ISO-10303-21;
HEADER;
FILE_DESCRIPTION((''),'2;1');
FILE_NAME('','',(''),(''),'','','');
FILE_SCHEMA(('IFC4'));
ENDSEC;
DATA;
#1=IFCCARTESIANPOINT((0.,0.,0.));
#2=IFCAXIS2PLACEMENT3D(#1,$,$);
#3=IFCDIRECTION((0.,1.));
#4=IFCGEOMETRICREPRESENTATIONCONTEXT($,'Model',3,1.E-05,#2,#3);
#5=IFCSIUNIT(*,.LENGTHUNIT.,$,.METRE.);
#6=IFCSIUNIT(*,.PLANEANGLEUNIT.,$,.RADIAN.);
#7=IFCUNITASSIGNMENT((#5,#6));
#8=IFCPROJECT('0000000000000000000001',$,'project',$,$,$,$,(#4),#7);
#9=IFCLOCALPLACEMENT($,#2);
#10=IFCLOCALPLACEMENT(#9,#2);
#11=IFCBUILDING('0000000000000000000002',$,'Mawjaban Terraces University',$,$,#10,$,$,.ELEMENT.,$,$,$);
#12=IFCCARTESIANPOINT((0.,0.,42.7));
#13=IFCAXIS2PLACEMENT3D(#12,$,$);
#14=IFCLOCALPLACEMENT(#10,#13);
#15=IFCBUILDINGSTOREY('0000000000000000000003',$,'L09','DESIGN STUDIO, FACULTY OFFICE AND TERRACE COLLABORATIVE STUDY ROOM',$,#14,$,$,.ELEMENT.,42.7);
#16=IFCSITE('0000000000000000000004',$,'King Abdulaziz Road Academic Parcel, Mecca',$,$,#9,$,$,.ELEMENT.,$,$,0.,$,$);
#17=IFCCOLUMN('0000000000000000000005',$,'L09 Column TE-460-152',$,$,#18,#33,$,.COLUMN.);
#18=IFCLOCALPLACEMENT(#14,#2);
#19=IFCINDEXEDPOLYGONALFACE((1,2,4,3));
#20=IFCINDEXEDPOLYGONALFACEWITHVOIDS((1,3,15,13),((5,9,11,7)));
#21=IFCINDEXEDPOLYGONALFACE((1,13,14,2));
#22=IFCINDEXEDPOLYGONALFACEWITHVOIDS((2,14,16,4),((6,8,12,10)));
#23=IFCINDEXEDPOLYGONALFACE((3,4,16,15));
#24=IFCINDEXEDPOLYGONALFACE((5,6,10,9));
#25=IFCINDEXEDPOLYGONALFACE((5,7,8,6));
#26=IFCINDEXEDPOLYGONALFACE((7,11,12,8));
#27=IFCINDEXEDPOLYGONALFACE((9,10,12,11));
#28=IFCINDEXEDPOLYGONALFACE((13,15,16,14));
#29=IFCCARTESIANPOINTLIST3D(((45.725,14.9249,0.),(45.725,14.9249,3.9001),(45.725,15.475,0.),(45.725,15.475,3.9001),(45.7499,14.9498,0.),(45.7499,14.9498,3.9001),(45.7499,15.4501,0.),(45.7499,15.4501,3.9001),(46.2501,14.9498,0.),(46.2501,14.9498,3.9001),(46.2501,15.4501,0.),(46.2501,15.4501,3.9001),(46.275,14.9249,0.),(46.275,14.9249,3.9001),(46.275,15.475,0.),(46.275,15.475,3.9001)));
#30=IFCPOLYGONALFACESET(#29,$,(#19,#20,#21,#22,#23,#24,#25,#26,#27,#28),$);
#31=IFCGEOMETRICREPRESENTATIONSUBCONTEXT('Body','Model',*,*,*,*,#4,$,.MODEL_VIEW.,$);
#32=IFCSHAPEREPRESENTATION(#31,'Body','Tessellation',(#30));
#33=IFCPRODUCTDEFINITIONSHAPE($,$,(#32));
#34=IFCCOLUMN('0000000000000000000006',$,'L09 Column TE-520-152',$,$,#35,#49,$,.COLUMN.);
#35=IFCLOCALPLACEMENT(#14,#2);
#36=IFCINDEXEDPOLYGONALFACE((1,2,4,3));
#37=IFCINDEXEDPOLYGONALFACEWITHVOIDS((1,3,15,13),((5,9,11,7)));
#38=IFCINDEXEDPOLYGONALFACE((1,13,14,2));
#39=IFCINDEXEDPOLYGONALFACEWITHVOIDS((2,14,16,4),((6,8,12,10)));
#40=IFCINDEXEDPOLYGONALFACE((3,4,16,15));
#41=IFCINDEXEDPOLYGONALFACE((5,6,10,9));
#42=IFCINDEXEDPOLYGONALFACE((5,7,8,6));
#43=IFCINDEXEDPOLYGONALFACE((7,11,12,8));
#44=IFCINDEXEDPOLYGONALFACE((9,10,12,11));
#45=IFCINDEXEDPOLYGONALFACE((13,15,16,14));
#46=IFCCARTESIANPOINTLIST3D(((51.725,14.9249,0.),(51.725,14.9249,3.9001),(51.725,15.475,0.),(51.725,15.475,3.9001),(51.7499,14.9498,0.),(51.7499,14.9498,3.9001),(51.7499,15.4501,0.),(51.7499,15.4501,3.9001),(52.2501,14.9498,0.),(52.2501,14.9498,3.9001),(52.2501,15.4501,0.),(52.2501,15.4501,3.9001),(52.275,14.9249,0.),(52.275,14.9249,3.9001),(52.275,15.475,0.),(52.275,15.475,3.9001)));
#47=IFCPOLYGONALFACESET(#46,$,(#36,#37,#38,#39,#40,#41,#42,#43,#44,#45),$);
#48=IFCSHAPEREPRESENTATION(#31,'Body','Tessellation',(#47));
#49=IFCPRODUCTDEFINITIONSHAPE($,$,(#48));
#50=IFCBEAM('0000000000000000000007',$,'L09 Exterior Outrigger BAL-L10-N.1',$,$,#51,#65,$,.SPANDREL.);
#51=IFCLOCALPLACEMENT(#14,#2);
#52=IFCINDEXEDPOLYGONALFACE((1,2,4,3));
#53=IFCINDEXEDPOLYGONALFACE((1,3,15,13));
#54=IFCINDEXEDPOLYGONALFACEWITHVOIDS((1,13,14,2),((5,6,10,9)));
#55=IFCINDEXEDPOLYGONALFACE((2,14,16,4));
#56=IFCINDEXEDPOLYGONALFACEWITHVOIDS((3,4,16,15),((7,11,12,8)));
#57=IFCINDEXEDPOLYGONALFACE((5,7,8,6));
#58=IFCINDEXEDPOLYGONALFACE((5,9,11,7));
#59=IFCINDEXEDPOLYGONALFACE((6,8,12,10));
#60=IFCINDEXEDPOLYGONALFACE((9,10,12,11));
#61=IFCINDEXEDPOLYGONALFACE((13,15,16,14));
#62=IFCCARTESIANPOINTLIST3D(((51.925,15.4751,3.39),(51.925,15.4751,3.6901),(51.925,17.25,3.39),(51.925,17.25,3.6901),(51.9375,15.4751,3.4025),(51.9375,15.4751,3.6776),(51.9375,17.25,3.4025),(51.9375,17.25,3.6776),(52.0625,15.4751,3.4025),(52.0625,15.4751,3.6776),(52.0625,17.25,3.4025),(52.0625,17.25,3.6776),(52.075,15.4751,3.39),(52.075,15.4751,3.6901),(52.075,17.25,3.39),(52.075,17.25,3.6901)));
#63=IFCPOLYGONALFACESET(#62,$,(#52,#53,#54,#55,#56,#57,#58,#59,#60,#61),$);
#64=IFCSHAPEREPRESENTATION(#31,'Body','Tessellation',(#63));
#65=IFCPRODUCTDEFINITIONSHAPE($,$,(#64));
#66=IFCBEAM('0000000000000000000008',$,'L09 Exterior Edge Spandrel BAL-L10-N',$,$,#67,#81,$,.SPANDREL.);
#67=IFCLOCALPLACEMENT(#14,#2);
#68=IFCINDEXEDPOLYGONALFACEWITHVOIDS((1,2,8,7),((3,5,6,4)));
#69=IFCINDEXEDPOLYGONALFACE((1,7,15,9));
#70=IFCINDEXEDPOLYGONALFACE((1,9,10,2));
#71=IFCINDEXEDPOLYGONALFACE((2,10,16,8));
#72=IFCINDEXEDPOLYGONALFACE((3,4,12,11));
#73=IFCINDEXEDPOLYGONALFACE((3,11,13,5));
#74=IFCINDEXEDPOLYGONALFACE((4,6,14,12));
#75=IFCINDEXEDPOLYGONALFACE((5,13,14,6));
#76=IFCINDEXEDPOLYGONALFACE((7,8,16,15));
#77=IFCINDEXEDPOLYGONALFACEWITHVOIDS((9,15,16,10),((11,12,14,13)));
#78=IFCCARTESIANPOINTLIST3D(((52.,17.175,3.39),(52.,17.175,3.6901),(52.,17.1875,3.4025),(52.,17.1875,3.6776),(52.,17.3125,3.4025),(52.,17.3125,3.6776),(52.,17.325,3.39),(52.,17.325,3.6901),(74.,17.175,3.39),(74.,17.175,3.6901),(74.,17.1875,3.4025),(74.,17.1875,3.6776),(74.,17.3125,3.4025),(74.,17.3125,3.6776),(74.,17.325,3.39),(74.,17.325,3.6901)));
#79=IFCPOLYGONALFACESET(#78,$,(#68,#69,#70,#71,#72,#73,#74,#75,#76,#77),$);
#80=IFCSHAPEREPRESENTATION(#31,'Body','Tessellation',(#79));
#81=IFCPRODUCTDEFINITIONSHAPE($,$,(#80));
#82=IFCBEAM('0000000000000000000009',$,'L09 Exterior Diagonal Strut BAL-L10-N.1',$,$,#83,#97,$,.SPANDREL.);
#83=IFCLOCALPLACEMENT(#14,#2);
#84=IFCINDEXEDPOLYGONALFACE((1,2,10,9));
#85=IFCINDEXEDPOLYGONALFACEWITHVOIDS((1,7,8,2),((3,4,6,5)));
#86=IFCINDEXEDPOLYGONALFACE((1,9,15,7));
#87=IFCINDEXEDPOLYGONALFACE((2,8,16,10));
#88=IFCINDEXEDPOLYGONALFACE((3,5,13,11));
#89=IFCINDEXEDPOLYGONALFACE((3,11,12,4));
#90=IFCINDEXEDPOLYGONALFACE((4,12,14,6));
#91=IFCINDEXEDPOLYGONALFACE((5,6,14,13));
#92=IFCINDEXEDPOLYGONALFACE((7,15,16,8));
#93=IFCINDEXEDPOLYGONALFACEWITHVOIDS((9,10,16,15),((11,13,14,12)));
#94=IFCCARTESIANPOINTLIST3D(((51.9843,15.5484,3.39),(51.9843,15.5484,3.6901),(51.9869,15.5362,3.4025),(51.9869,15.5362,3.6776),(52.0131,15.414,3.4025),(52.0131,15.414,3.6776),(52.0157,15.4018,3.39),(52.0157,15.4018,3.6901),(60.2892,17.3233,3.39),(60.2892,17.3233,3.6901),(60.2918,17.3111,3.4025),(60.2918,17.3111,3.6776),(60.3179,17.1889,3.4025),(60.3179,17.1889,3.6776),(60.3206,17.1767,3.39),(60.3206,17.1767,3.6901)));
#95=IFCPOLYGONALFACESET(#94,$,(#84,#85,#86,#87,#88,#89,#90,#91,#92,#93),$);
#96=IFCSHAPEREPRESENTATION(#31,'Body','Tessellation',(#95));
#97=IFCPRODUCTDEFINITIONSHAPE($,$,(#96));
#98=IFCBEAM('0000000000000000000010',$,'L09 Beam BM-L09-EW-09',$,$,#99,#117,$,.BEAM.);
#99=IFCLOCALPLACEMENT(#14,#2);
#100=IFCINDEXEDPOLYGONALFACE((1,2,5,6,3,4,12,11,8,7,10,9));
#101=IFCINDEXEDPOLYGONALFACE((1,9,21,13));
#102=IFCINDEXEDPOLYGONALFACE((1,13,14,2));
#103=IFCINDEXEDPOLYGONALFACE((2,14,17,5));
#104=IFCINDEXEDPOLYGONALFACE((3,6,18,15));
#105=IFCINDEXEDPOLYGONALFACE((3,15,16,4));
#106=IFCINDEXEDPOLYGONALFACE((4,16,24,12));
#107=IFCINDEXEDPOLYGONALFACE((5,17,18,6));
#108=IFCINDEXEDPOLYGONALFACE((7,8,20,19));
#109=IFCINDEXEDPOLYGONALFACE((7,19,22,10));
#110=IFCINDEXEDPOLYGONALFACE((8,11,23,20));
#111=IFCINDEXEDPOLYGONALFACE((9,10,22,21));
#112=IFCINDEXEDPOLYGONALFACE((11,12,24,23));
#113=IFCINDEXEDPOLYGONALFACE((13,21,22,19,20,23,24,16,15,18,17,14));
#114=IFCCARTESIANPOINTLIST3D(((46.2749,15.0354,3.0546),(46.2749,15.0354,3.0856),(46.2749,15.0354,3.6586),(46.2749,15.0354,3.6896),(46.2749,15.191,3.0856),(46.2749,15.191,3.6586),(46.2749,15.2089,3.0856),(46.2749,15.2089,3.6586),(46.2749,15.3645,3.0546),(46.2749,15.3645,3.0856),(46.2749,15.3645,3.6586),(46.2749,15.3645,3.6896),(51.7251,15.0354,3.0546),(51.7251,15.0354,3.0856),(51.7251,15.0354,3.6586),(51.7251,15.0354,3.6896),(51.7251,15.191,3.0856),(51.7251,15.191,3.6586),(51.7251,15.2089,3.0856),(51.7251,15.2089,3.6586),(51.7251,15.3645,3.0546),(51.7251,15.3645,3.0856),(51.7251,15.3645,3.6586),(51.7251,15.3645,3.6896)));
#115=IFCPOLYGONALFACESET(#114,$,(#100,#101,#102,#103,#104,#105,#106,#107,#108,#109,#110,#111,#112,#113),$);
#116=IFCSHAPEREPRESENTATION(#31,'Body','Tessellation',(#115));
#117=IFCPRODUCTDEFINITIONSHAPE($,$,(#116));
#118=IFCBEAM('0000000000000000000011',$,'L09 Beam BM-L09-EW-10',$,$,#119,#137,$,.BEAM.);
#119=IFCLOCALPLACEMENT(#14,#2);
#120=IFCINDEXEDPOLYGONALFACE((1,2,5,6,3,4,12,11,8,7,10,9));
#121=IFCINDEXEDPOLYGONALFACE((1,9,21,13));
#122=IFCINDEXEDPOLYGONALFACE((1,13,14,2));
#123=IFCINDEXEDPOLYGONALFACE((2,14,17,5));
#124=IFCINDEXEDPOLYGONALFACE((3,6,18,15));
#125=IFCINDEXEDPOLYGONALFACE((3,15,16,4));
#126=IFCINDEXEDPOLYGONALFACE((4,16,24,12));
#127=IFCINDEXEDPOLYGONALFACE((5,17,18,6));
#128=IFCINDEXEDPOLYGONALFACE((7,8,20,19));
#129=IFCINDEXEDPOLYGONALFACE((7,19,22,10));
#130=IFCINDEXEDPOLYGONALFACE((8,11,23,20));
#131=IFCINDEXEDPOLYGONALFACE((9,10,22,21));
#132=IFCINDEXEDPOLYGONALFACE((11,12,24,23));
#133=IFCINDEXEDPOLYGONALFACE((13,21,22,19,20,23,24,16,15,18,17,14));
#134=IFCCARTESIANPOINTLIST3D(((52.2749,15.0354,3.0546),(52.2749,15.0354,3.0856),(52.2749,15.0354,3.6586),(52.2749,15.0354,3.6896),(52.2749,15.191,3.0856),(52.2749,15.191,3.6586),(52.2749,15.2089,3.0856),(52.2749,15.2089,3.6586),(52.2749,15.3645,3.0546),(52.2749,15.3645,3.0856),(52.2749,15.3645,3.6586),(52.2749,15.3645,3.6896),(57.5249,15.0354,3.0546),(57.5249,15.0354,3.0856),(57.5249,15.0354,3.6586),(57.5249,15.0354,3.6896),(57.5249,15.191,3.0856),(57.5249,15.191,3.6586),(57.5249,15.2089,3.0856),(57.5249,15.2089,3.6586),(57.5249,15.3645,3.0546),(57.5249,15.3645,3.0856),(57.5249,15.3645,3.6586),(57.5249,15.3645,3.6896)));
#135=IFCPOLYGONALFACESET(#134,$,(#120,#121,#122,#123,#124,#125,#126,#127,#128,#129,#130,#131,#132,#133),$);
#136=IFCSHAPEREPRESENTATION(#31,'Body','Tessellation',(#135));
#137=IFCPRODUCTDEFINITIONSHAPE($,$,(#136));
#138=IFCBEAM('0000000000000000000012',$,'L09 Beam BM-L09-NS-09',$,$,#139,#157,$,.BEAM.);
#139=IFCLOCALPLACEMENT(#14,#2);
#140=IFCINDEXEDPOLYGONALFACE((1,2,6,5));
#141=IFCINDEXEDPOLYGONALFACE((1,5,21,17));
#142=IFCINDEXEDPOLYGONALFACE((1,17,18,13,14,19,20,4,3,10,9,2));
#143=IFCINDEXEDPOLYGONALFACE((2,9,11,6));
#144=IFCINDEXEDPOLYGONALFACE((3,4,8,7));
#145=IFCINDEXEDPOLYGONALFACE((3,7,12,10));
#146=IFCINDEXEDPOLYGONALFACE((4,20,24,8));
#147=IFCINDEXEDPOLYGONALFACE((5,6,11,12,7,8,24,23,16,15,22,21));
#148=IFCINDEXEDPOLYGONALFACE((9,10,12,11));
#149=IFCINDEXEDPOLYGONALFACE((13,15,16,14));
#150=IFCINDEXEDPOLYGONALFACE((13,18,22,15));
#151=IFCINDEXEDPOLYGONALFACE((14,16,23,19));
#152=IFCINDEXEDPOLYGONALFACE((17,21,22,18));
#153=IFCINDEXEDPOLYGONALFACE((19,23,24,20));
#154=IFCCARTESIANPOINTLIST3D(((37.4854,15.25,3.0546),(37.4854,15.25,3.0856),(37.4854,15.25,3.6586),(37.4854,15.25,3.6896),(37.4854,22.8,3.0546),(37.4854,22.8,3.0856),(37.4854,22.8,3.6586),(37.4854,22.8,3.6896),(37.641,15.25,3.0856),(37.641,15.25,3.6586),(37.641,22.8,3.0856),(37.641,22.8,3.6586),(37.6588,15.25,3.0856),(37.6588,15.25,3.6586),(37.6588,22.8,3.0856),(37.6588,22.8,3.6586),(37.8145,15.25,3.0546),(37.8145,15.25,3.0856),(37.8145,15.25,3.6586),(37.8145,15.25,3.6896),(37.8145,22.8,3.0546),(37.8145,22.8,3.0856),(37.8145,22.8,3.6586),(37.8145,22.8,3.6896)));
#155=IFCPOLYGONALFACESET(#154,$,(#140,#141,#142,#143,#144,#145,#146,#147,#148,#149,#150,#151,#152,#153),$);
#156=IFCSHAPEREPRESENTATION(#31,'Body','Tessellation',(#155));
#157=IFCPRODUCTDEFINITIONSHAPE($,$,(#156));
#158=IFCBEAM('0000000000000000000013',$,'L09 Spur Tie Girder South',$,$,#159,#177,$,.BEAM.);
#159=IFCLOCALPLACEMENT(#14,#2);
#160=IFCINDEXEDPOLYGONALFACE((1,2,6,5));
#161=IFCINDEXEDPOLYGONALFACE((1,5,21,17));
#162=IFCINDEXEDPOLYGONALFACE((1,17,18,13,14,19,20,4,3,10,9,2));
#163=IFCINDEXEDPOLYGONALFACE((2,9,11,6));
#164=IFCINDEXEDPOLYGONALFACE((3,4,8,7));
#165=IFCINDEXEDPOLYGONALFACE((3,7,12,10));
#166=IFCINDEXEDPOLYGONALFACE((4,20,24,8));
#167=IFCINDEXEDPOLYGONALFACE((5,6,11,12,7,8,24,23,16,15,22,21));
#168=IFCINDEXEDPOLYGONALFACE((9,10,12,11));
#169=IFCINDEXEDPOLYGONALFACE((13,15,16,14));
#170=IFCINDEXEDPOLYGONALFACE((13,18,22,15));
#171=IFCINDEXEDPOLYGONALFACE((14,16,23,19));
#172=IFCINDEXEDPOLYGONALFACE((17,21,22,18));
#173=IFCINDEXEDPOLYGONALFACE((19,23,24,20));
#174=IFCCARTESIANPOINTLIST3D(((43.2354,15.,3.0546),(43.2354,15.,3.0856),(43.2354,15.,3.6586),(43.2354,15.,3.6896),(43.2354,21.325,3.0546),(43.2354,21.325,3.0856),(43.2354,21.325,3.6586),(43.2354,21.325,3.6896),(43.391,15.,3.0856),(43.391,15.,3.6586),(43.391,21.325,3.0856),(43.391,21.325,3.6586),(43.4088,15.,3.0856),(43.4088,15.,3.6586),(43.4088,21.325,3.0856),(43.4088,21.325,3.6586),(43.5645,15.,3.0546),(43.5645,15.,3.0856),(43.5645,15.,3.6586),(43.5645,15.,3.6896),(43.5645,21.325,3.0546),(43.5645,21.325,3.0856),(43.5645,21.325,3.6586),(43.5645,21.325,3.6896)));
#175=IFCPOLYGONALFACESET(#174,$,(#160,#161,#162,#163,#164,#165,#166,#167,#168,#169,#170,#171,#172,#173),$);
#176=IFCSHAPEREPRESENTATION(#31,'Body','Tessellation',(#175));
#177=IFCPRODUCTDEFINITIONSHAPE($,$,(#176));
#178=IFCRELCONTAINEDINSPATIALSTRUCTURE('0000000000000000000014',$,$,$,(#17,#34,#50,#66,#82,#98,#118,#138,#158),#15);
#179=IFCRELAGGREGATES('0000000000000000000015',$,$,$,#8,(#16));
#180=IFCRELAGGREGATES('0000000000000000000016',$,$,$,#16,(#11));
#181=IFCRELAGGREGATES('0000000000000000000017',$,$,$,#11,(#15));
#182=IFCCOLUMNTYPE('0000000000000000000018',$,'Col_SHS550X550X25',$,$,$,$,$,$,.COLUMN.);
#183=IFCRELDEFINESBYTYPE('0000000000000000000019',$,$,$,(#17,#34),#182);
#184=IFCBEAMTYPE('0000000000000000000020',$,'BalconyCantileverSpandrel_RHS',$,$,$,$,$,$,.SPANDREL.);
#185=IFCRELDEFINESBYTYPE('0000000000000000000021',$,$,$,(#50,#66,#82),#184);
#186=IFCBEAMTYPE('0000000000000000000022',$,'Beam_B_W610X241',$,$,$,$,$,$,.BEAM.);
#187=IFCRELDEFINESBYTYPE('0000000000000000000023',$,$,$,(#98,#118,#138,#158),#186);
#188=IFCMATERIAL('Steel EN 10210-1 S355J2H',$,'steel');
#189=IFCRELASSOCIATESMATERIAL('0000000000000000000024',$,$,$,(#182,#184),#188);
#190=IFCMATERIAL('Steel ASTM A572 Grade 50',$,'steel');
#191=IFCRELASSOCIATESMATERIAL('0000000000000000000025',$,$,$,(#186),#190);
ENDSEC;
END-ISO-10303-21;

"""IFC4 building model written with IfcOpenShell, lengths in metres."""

from ifc_helpers import new_model, si_unit, direction, frame, origin, origin_2d, place, context, subcontext, project, spatial, hollow_rectangle, i_section, extrude, material, material_profile, profile_set, type_object, element, save


model = new_model("IFC4")

# Units and contexts
model_context = context("Model", 3, precision=1e-05, world=origin(), true_north=direction((0.0, 1.0)))
body_context = subcontext(model_context, "Body", "Model", "MODEL_VIEW")
ifc_project = project(units=[si_unit("LENGTHUNIT", "METRE"), si_unit("PLANEANGLEUNIT", "RADIAN")], contexts=[model_context])

# Site, building, storey
site_placement = place(None, origin())
site = spatial("IfcSite", under=ifc_project, at=site_placement, Name="King Abdulaziz Road Academic Parcel, Mecca", CompositionType="ELEMENT", RefElevation=0.0)
building_placement = place(site_placement, origin())
building = spatial("IfcBuilding", under=site, at=building_placement, Name="Mawjaban Terraces University", CompositionType="ELEMENT")
storey_placement = place(building_placement, frame((0.0, 0.0, 42.7)))
storey = spatial("IfcBuildingStorey", under=building, at=storey_placement, Name="L09", Description="DESIGN STUDIO, FACULTY OFFICE AND TERRACE COLLABORATIVE STUDY ROOM", CompositionType="ELEMENT", Elevation=42.7)

# Columns
ifc_material_1 = material(Name="Steel EN 10210-1 S355J2H", Category="steel")
ifc_material_profile_1 = material_profile(ifc_material_1, hollow_rectangle(XDim=0.55, YDim=0.55, WallThickness=0.0249, at=origin_2d()), Name="SHS550X550X25")
ifc_profile_set_1 = profile_set([ifc_material_profile_1], Name="Steel EN 10210-1 S355J2H")
column_type = type_object("IfcColumnType", Name="Col_SHS550X550X25", PredefinedType="COLUMN", material=ifc_profile_set_1)
for number, where, z_axis, x_axis, name in (
    (1, (46.0, 15.2, 0.0), (0.0, 0.0, 1.0), (1.0, 0.0, 0.0), "L09 Column TE-460-152"),
    (2, (52.0, 15.2, 0.0), (0.0, 0.0, 1.0), (1.0, 0.0, 0.0), "L09 Column TE-520-152"),
):
    element("IfcColumn", number, at=place(storey_placement, frame(where, z_axis=z_axis, x_axis=x_axis)), inside=storey, type_object=column_type, Name=name, PredefinedType="COLUMN", context=body_context, shape_type="SweptSolid", body=[
        extrude(hollow_rectangle(XDim=0.55, YDim=0.55, WallThickness=0.0249, at=origin_2d()), origin(), (0.0, 0.0, 1.0), 3.9001),
    ])

# Beams
ifc_material_profile_2 = material_profile(ifc_material_1, hollow_rectangle(XDim=0.1499, YDim=0.3, WallThickness=0.0125, at=origin_2d()), Name="RHS300X150X12.5")
ifc_profile_set_2 = profile_set([ifc_material_profile_2], Name="Steel EN 10210-1 S355J2H")
beam_type_1 = type_object("IfcBeamType", Name="BalconyCantileverSpandrel_RHS", PredefinedType="SPANDREL", material=ifc_profile_set_2)
beam_1_placement = place(storey_placement, frame((52.0, 15.4751, 3.54), z_axis=(0.0, 1.0, 0.0), x_axis=(-1.0, 0.0, 0.0)))
element("IfcBeam", 3, at=beam_1_placement, inside=storey, type_object=beam_type_1, Name="L09 Exterior Outrigger BAL-L10-N.1", PredefinedType="SPANDREL", context=body_context, shape_type="SweptSolid", body=[
    extrude(hollow_rectangle(XDim=0.1499, YDim=0.3, WallThickness=0.0125, at=origin_2d()), origin(), (0.0, 0.0, 1.0), 1.7749),
])
beam_2_placement = place(storey_placement, frame((52.0, 17.25, 3.54), z_axis=(1.0, 0.0, 0.0), x_axis=(0.0, 1.0, 0.0)))
element("IfcBeam", 4, at=beam_2_placement, inside=storey, type_object=beam_type_1, Name="L09 Exterior Edge Spandrel BAL-L10-N", PredefinedType="SPANDREL", context=body_context, shape_type="SweptSolid", body=[
    extrude(hollow_rectangle(XDim=0.1499, YDim=0.3, WallThickness=0.0125, at=origin_2d()), origin(), (0.0, 0.0, 1.0), 22.0),
])
beam_3_placement = place(storey_placement, frame((52.0, 15.4751, 3.54), z_axis=(0.977916, 0.208997, 0.0), x_axis=(-0.208997, 0.977916, 0.0)))
element("IfcBeam", 5, at=beam_3_placement, inside=storey, type_object=beam_type_1, Name="L09 Exterior Diagonal Strut BAL-L10-N.1", PredefinedType="SPANDREL", context=body_context, shape_type="SweptSolid", body=[
    extrude(hollow_rectangle(XDim=0.1499, YDim=0.3, WallThickness=0.0125, at=origin_2d()), origin(), (0.0, 0.0, 1.0), 8.4924),
])
ifc_material_2 = material(Name="Steel ASTM A572 Grade 50", Category="steel")
ifc_material_profile_3 = material_profile(ifc_material_2, i_section(OverallWidth=0.3291, OverallDepth=0.635, WebThickness=0.0178, FlangeThickness=0.031, at=origin_2d()), Name="W610X241")
ifc_profile_set_3 = profile_set([ifc_material_profile_3], Name="Steel ASTM A572 Grade 50")
beam_type_2 = type_object("IfcBeamType", Name="Beam_B_W610X241", PredefinedType="BEAM", material=ifc_profile_set_3)
beam_4_placement = place(storey_placement, frame((46.2749, 15.2, 3.3721), z_axis=(1.0, 0.0, 0.0), x_axis=(0.0, 1.0, 0.0)))
element("IfcBeam", 6, at=beam_4_placement, inside=storey, type_object=beam_type_2, Name="L09 Beam BM-L09-EW-09", PredefinedType="BEAM", context=body_context, shape_type="SweptSolid", body=[
    extrude(i_section(OverallWidth=0.3291, OverallDepth=0.635, WebThickness=0.0178, FlangeThickness=0.031, at=origin_2d()), origin(), (0.0, 0.0, 1.0), 5.4502),
])
beam_5_placement = place(storey_placement, frame((52.2749, 15.2, 3.3721), z_axis=(1.0, 0.0, 0.0), x_axis=(0.0, 1.0, 0.0)))
element("IfcBeam", 7, at=beam_5_placement, inside=storey, type_object=beam_type_2, Name="L09 Beam BM-L09-EW-10", PredefinedType="BEAM", context=body_context, shape_type="SweptSolid", body=[
    extrude(i_section(OverallWidth=0.3291, OverallDepth=0.635, WebThickness=0.0178, FlangeThickness=0.031, at=origin_2d()), origin(), (0.0, 0.0, 1.0), 5.25),
])
beam_6_placement = place(storey_placement, frame((37.6499, 15.25, 3.3721), z_axis=(0.0, 1.0, 0.0), x_axis=(-1.0, 0.0, 0.0)))
element("IfcBeam", 8, at=beam_6_placement, inside=storey, type_object=beam_type_2, Name="L09 Beam BM-L09-NS-09", PredefinedType="BEAM", context=body_context, shape_type="SweptSolid", body=[
    extrude(i_section(OverallWidth=0.3291, OverallDepth=0.635, WebThickness=0.0178, FlangeThickness=0.031, at=origin_2d()), origin(), (0.0, 0.0, 1.0), 7.55),
])
beam_7_placement = place(storey_placement, frame((43.3999, 15.0, 3.3721), z_axis=(0.0, 1.0, 0.0), x_axis=(-1.0, 0.0, 0.0)))
element("IfcBeam", 9, at=beam_7_placement, inside=storey, type_object=beam_type_2, Name="L09 Spur Tie Girder South", PredefinedType="BEAM", context=body_context, shape_type="SweptSolid", body=[
    extrude(i_section(OverallWidth=0.3291, OverallDepth=0.635, WebThickness=0.0178, FlangeThickness=0.031, at=origin_2d()), origin(), (0.0, 0.0, 1.0), 6.325),
])

save(model, "model.ifc")
